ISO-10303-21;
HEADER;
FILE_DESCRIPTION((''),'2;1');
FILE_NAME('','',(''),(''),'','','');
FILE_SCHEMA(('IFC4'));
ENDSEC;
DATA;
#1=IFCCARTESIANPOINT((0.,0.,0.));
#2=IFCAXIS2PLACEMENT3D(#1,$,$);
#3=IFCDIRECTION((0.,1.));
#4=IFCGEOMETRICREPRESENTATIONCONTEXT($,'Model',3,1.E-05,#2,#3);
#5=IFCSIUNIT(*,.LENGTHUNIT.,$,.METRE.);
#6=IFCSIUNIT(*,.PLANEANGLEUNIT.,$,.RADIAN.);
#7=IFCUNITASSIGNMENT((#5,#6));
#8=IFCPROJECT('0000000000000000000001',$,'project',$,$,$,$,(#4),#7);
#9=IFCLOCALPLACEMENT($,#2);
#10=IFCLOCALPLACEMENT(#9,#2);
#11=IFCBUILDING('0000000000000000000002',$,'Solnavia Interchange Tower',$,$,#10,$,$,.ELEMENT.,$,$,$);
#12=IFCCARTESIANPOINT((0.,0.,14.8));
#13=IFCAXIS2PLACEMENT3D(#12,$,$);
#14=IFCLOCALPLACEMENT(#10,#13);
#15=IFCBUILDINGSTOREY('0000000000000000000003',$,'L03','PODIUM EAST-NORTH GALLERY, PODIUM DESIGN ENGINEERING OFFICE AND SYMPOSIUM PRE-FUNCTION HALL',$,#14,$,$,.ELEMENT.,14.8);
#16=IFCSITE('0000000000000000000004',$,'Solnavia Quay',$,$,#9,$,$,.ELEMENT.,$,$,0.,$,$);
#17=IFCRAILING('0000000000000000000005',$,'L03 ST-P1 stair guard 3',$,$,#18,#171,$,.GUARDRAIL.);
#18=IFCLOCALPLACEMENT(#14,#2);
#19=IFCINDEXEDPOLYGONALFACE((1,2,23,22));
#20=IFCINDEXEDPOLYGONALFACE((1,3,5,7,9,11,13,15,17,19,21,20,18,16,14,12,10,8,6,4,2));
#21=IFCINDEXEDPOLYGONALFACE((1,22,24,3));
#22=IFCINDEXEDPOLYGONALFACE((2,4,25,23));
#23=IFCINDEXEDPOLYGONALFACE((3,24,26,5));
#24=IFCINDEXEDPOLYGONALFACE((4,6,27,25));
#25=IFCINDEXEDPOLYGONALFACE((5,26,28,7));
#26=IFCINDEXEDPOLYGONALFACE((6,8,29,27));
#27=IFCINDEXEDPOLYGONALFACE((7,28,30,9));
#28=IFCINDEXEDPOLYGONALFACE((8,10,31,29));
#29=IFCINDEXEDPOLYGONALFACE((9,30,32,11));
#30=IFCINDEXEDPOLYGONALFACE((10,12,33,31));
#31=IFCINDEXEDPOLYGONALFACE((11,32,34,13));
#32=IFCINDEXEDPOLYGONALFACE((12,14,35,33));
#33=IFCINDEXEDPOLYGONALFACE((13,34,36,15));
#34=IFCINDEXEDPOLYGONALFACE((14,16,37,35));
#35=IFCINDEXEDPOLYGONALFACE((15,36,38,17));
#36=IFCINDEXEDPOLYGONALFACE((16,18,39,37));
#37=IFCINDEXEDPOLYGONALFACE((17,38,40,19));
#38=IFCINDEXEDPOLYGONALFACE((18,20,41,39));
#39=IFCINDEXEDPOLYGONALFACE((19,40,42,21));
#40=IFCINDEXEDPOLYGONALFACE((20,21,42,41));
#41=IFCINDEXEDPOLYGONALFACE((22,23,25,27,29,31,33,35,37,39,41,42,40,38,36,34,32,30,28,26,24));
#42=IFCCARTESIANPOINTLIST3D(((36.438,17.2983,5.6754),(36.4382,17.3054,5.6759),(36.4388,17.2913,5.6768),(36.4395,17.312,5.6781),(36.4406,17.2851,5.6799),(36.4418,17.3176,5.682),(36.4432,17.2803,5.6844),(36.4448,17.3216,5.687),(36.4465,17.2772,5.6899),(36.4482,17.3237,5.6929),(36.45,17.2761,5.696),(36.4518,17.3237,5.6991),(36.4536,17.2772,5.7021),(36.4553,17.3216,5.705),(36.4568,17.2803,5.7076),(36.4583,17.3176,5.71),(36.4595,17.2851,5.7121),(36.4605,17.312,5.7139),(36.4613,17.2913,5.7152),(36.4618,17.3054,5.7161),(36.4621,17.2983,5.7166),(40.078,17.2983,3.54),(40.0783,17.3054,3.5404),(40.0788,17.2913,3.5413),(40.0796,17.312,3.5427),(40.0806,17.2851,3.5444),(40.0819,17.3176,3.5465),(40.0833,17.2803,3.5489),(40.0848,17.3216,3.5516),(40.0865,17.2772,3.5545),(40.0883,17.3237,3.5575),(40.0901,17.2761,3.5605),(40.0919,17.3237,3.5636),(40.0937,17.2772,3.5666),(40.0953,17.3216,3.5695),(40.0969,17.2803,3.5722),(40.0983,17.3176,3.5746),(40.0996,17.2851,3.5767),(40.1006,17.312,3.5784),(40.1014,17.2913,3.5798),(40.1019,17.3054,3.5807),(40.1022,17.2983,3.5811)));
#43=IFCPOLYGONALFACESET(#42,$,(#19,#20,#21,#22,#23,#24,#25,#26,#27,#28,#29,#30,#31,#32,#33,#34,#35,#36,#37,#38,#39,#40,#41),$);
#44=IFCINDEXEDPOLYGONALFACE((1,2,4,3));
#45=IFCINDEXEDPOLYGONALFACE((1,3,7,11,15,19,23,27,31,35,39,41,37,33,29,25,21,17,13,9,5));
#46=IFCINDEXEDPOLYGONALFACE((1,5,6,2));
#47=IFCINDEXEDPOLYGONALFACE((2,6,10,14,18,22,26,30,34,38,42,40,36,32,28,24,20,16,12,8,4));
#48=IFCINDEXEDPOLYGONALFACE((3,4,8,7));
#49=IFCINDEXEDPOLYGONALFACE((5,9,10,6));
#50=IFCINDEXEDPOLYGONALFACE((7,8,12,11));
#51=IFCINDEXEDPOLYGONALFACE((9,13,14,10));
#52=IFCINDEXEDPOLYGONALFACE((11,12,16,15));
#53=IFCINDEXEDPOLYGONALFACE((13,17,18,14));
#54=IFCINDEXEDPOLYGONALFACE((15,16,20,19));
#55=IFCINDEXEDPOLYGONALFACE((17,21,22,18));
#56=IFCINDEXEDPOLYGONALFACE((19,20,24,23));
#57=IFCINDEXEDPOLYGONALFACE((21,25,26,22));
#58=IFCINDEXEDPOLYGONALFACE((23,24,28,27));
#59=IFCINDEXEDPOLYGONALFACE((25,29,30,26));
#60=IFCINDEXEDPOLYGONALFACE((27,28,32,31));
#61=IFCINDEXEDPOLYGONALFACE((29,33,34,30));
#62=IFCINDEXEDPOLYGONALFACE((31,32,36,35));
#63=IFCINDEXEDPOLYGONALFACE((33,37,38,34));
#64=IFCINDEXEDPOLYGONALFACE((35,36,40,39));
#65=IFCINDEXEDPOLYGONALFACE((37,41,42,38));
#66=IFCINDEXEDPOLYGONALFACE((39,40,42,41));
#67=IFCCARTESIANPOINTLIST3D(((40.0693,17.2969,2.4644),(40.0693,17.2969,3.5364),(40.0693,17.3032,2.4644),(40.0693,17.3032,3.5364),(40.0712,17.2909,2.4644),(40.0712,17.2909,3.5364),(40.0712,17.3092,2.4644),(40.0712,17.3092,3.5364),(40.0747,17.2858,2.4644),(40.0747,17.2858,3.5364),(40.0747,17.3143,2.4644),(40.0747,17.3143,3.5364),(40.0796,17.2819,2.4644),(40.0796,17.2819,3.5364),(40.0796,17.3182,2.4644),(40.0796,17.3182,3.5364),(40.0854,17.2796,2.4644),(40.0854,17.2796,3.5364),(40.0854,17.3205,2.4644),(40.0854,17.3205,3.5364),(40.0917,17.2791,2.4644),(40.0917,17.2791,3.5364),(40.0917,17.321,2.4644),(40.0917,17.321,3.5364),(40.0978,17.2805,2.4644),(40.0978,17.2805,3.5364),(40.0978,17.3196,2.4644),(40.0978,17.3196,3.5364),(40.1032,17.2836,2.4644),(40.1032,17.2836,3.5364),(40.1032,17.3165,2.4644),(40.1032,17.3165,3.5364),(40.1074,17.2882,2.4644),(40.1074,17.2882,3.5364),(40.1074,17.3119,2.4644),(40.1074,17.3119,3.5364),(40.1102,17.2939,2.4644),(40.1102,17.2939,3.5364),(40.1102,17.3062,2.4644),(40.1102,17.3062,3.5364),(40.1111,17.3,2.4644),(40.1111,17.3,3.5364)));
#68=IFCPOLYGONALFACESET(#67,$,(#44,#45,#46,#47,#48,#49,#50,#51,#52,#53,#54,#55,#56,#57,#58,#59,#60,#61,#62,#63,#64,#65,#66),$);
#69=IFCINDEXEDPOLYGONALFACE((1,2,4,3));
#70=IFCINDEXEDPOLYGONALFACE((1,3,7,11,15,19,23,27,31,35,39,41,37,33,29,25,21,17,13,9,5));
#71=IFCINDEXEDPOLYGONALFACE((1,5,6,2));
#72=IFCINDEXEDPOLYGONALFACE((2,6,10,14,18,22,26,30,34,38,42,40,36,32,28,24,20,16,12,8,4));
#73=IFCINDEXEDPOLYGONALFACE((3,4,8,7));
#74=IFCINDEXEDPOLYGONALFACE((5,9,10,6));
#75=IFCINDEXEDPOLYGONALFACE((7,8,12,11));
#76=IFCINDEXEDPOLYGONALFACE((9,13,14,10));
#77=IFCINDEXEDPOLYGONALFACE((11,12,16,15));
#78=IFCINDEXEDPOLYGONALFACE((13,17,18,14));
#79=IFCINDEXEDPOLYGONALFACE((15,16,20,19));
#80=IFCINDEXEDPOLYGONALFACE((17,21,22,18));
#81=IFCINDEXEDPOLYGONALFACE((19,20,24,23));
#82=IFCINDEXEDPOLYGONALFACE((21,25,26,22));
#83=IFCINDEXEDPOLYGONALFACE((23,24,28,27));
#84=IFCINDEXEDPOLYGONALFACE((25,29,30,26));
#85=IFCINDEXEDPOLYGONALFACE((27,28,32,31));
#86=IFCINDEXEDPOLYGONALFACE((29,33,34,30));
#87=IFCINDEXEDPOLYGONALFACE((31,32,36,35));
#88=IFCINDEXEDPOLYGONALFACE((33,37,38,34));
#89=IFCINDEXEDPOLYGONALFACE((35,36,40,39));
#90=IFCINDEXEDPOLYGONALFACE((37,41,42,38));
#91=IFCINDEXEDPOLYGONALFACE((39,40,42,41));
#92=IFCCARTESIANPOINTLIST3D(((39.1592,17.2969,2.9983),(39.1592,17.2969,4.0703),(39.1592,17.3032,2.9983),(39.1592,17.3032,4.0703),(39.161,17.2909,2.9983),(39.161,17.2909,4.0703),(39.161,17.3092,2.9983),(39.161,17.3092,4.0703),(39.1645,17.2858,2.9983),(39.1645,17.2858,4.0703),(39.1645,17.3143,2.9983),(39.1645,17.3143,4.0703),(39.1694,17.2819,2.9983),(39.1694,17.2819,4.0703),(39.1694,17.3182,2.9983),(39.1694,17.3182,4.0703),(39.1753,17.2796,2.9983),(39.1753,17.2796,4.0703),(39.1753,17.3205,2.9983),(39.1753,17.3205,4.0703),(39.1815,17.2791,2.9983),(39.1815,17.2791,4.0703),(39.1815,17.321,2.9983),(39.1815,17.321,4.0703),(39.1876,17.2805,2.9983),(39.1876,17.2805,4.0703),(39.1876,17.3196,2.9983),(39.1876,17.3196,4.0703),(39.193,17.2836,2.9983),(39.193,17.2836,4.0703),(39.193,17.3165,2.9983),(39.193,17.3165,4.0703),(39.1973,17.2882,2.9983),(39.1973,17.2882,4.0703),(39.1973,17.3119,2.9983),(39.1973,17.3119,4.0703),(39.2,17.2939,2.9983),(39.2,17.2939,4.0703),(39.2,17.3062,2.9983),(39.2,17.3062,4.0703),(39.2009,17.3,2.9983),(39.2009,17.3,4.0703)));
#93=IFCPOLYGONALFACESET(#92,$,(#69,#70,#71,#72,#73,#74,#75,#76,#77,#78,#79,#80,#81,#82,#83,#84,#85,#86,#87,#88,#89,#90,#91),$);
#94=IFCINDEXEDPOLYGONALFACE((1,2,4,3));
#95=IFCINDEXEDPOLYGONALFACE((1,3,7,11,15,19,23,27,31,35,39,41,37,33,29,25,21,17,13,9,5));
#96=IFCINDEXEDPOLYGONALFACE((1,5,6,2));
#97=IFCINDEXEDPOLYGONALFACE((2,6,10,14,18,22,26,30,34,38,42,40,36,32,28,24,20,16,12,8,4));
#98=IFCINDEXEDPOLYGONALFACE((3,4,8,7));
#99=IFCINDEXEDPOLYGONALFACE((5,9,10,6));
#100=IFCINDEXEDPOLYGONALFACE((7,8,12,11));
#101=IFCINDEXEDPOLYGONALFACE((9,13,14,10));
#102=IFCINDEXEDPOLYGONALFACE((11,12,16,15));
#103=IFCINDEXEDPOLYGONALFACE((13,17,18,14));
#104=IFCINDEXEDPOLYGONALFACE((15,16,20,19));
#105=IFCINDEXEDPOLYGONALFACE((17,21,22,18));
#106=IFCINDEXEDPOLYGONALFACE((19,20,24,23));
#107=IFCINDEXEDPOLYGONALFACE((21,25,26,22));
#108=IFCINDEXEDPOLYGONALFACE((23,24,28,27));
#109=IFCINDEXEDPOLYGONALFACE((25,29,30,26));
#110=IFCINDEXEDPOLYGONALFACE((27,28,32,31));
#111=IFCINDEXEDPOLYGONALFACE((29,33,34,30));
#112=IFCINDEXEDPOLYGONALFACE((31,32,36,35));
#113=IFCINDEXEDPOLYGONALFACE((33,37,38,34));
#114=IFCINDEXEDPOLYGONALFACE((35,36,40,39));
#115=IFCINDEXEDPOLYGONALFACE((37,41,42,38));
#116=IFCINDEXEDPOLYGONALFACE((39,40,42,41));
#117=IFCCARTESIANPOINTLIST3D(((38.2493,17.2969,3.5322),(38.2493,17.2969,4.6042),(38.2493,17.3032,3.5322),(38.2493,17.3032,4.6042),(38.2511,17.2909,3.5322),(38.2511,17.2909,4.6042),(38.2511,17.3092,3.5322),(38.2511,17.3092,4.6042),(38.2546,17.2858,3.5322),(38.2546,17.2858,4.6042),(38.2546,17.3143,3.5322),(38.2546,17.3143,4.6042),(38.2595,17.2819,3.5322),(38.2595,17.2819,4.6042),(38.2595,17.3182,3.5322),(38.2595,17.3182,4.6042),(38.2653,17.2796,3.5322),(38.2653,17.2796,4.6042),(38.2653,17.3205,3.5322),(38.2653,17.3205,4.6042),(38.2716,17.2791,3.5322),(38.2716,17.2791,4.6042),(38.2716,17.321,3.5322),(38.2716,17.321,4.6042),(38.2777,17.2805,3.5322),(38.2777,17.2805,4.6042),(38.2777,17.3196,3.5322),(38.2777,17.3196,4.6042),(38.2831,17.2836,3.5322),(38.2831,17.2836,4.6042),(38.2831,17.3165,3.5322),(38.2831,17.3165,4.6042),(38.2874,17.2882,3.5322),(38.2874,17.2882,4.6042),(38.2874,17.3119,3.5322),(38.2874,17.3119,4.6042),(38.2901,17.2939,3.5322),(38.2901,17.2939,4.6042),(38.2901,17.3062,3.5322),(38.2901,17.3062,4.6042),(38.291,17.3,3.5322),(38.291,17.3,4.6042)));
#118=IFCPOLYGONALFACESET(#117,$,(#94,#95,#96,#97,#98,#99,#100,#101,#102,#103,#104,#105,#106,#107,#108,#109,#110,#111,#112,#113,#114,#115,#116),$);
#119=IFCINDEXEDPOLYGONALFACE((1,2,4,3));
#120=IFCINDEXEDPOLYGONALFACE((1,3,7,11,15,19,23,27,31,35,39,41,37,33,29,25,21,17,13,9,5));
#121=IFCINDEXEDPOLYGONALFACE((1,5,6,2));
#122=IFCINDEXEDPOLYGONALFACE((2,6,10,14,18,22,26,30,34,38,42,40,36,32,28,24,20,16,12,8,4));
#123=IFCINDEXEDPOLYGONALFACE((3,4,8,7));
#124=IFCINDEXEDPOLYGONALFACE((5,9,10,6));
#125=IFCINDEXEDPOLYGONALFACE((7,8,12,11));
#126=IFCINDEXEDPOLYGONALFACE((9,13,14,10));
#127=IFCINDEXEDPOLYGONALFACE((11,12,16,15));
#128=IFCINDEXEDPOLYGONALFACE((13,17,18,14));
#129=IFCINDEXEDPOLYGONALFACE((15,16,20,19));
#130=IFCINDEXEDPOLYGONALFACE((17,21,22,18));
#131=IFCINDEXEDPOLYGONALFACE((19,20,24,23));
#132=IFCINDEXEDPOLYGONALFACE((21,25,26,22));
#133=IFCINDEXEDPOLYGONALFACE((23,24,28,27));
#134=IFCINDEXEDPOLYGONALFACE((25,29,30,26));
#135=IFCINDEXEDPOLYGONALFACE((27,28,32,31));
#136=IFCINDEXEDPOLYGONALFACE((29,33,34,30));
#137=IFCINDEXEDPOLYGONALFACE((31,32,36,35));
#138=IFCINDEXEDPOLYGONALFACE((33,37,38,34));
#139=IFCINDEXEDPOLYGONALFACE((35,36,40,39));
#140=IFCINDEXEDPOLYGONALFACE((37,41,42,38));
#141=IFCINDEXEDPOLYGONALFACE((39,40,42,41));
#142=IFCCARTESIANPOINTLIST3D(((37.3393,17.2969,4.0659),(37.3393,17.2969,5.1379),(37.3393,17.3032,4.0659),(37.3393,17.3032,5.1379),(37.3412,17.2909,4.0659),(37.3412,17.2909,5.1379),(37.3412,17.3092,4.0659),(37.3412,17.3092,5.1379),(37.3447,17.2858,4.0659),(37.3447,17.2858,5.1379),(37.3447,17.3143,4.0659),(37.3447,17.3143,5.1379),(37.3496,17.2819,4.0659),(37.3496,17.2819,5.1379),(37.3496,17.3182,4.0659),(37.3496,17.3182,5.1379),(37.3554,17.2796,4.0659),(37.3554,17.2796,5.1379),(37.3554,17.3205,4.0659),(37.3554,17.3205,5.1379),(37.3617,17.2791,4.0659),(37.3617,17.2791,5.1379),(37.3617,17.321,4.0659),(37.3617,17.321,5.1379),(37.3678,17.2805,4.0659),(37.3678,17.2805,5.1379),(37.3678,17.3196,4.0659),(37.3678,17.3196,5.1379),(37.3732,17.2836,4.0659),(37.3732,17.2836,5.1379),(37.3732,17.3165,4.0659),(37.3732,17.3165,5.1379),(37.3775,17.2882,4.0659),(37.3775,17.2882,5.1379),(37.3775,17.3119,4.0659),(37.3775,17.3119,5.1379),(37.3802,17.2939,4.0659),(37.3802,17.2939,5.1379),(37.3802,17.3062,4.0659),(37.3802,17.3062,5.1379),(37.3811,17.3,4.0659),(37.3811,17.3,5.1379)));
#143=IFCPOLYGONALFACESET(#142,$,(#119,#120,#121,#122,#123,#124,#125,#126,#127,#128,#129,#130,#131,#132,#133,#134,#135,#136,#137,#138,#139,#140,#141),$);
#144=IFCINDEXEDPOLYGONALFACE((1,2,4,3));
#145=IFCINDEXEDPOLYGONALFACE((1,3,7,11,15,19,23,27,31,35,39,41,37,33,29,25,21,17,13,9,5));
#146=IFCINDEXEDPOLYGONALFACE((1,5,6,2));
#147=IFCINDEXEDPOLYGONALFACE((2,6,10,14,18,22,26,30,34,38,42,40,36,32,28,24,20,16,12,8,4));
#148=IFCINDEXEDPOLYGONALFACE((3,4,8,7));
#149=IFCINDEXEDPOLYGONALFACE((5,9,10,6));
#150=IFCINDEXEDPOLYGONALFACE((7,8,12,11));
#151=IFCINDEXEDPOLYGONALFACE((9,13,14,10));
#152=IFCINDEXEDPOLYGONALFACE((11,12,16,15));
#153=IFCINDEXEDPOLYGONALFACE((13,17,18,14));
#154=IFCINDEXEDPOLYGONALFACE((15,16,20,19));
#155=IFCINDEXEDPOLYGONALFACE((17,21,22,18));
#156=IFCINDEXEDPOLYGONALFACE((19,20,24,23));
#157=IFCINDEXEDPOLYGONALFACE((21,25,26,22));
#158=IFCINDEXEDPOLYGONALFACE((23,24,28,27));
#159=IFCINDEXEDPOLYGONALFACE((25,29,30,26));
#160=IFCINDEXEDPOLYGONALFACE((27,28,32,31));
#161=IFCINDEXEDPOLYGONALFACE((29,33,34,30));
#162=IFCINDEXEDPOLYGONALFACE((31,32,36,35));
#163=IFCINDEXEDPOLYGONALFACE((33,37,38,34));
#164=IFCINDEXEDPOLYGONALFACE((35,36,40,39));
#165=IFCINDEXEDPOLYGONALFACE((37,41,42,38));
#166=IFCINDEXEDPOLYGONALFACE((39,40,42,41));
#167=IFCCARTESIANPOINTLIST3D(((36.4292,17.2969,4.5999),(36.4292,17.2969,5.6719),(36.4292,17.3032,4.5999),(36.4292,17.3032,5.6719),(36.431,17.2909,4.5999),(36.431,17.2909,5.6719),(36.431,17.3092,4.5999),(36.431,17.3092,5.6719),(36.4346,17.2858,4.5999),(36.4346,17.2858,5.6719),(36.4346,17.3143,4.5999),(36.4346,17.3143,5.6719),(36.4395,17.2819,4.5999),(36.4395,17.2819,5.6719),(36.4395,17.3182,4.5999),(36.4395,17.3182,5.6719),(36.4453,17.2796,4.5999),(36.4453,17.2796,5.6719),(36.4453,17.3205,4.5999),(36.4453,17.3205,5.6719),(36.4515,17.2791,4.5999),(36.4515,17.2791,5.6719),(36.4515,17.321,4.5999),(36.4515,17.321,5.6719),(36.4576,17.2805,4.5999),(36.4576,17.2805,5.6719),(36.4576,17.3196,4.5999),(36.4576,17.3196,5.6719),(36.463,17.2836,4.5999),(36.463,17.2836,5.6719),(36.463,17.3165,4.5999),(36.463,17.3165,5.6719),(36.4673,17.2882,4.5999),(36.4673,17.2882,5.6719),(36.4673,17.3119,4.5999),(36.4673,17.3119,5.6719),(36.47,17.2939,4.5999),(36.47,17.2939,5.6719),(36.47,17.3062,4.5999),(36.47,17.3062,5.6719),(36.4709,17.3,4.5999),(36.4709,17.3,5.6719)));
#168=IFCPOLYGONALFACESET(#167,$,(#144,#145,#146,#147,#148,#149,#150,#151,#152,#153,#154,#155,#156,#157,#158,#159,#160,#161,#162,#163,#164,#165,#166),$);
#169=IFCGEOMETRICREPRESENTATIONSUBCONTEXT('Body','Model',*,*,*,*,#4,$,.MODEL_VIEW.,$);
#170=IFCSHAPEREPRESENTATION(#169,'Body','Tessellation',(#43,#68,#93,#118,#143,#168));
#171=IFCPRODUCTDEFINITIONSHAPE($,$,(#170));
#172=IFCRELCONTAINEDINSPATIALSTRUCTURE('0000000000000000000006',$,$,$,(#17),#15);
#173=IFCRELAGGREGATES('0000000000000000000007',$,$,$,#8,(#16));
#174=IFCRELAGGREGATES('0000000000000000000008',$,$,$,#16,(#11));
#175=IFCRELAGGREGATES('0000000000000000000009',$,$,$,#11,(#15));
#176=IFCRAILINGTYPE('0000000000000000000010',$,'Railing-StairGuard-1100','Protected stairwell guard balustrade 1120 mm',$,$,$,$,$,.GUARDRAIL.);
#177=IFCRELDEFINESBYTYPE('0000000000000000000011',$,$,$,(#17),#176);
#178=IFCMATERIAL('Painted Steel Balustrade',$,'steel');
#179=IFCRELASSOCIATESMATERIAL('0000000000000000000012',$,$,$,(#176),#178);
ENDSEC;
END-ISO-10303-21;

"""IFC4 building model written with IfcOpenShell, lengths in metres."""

from ifc_helpers import new_model, si_unit, direction, frame, origin, origin_2d, place, context, subcontext, project, spatial, circle, extrude, material, type_object, element, save


model = new_model("IFC4")

# Units and contexts
model_context = context("Model", 3, precision=1e-05, world=origin(), true_north=direction((0.0, 1.0)))
body_context = subcontext(model_context, "Body", "Model", "MODEL_VIEW")
ifc_project = project(units=[si_unit("LENGTHUNIT", "METRE"), si_unit("PLANEANGLEUNIT", "RADIAN")], contexts=[model_context])

# Site, building, storey
site_placement = place(None, origin())
site = spatial("IfcSite", under=ifc_project, at=site_placement, Name="Solnavia Quay", CompositionType="ELEMENT", RefElevation=0.0)
building_placement = place(site_placement, origin())
building = spatial("IfcBuilding", under=site, at=building_placement, Name="Solnavia Interchange Tower", CompositionType="ELEMENT")
storey_placement = place(building_placement, frame((0.0, 0.0, 14.8)))
storey = spatial("IfcBuildingStorey", under=building, at=storey_placement, Name="L03", Description="PODIUM EAST-NORTH GALLERY, PODIUM DESIGN ENGINEERING OFFICE AND SYMPOSIUM PRE-FUNCTION HALL", CompositionType="ELEMENT", Elevation=14.8)

# Railing
ifc_material_1 = material(Name="Painted Steel Balustrade", Category="steel")
railing_type_1 = type_object("IfcRailingType", Name="Railing-StairGuard-1100", Description="Protected stairwell guard balustrade 1120 mm", PredefinedType="GUARDRAIL", material=ifc_material_1)
railing_1_placement = place(storey_placement, frame((40.0901, 17.3, 2.4644)))
element("IfcRailing", 1, at=railing_1_placement, inside=storey, type_object=railing_type_1, Name="L03 ST-P1 stair guard 3", PredefinedType="GUARDRAIL", context=body_context, shape_type="SweptSolid", body=[
    extrude(circle(Radius=0.0239, at=origin_2d()), frame((0.0, 0.0, 1.0962), z_axis=(-0.86253, 0.0, 0.506006), x_axis=(0.0, -1.0, 0.0)), (0.0, 0.0, 1.0), 4.2202),
    extrude(circle(Radius=0.021, at=origin_2d()), origin(), (0.0, 0.0, 1.0), 1.072),
    extrude(circle(Radius=0.021, at=origin_2d()), frame((-0.9102, 0.0, 0.5339)), (0.0, 0.0, 1.0), 1.072),
    extrude(circle(Radius=0.021, at=origin_2d()), frame((-1.8201, 0.0, 1.0679)), (0.0, 0.0, 1.0), 1.072),
    extrude(circle(Radius=0.021, at=origin_2d()), frame((-2.73, 0.0, 1.6016)), (0.0, 0.0, 1.0), 1.072),
    extrude(circle(Radius=0.021, at=origin_2d()), frame((-3.6401, 0.0, 2.1355)), (0.0, 0.0, 1.0), 1.072),
])

save(model, "model.ifc")
